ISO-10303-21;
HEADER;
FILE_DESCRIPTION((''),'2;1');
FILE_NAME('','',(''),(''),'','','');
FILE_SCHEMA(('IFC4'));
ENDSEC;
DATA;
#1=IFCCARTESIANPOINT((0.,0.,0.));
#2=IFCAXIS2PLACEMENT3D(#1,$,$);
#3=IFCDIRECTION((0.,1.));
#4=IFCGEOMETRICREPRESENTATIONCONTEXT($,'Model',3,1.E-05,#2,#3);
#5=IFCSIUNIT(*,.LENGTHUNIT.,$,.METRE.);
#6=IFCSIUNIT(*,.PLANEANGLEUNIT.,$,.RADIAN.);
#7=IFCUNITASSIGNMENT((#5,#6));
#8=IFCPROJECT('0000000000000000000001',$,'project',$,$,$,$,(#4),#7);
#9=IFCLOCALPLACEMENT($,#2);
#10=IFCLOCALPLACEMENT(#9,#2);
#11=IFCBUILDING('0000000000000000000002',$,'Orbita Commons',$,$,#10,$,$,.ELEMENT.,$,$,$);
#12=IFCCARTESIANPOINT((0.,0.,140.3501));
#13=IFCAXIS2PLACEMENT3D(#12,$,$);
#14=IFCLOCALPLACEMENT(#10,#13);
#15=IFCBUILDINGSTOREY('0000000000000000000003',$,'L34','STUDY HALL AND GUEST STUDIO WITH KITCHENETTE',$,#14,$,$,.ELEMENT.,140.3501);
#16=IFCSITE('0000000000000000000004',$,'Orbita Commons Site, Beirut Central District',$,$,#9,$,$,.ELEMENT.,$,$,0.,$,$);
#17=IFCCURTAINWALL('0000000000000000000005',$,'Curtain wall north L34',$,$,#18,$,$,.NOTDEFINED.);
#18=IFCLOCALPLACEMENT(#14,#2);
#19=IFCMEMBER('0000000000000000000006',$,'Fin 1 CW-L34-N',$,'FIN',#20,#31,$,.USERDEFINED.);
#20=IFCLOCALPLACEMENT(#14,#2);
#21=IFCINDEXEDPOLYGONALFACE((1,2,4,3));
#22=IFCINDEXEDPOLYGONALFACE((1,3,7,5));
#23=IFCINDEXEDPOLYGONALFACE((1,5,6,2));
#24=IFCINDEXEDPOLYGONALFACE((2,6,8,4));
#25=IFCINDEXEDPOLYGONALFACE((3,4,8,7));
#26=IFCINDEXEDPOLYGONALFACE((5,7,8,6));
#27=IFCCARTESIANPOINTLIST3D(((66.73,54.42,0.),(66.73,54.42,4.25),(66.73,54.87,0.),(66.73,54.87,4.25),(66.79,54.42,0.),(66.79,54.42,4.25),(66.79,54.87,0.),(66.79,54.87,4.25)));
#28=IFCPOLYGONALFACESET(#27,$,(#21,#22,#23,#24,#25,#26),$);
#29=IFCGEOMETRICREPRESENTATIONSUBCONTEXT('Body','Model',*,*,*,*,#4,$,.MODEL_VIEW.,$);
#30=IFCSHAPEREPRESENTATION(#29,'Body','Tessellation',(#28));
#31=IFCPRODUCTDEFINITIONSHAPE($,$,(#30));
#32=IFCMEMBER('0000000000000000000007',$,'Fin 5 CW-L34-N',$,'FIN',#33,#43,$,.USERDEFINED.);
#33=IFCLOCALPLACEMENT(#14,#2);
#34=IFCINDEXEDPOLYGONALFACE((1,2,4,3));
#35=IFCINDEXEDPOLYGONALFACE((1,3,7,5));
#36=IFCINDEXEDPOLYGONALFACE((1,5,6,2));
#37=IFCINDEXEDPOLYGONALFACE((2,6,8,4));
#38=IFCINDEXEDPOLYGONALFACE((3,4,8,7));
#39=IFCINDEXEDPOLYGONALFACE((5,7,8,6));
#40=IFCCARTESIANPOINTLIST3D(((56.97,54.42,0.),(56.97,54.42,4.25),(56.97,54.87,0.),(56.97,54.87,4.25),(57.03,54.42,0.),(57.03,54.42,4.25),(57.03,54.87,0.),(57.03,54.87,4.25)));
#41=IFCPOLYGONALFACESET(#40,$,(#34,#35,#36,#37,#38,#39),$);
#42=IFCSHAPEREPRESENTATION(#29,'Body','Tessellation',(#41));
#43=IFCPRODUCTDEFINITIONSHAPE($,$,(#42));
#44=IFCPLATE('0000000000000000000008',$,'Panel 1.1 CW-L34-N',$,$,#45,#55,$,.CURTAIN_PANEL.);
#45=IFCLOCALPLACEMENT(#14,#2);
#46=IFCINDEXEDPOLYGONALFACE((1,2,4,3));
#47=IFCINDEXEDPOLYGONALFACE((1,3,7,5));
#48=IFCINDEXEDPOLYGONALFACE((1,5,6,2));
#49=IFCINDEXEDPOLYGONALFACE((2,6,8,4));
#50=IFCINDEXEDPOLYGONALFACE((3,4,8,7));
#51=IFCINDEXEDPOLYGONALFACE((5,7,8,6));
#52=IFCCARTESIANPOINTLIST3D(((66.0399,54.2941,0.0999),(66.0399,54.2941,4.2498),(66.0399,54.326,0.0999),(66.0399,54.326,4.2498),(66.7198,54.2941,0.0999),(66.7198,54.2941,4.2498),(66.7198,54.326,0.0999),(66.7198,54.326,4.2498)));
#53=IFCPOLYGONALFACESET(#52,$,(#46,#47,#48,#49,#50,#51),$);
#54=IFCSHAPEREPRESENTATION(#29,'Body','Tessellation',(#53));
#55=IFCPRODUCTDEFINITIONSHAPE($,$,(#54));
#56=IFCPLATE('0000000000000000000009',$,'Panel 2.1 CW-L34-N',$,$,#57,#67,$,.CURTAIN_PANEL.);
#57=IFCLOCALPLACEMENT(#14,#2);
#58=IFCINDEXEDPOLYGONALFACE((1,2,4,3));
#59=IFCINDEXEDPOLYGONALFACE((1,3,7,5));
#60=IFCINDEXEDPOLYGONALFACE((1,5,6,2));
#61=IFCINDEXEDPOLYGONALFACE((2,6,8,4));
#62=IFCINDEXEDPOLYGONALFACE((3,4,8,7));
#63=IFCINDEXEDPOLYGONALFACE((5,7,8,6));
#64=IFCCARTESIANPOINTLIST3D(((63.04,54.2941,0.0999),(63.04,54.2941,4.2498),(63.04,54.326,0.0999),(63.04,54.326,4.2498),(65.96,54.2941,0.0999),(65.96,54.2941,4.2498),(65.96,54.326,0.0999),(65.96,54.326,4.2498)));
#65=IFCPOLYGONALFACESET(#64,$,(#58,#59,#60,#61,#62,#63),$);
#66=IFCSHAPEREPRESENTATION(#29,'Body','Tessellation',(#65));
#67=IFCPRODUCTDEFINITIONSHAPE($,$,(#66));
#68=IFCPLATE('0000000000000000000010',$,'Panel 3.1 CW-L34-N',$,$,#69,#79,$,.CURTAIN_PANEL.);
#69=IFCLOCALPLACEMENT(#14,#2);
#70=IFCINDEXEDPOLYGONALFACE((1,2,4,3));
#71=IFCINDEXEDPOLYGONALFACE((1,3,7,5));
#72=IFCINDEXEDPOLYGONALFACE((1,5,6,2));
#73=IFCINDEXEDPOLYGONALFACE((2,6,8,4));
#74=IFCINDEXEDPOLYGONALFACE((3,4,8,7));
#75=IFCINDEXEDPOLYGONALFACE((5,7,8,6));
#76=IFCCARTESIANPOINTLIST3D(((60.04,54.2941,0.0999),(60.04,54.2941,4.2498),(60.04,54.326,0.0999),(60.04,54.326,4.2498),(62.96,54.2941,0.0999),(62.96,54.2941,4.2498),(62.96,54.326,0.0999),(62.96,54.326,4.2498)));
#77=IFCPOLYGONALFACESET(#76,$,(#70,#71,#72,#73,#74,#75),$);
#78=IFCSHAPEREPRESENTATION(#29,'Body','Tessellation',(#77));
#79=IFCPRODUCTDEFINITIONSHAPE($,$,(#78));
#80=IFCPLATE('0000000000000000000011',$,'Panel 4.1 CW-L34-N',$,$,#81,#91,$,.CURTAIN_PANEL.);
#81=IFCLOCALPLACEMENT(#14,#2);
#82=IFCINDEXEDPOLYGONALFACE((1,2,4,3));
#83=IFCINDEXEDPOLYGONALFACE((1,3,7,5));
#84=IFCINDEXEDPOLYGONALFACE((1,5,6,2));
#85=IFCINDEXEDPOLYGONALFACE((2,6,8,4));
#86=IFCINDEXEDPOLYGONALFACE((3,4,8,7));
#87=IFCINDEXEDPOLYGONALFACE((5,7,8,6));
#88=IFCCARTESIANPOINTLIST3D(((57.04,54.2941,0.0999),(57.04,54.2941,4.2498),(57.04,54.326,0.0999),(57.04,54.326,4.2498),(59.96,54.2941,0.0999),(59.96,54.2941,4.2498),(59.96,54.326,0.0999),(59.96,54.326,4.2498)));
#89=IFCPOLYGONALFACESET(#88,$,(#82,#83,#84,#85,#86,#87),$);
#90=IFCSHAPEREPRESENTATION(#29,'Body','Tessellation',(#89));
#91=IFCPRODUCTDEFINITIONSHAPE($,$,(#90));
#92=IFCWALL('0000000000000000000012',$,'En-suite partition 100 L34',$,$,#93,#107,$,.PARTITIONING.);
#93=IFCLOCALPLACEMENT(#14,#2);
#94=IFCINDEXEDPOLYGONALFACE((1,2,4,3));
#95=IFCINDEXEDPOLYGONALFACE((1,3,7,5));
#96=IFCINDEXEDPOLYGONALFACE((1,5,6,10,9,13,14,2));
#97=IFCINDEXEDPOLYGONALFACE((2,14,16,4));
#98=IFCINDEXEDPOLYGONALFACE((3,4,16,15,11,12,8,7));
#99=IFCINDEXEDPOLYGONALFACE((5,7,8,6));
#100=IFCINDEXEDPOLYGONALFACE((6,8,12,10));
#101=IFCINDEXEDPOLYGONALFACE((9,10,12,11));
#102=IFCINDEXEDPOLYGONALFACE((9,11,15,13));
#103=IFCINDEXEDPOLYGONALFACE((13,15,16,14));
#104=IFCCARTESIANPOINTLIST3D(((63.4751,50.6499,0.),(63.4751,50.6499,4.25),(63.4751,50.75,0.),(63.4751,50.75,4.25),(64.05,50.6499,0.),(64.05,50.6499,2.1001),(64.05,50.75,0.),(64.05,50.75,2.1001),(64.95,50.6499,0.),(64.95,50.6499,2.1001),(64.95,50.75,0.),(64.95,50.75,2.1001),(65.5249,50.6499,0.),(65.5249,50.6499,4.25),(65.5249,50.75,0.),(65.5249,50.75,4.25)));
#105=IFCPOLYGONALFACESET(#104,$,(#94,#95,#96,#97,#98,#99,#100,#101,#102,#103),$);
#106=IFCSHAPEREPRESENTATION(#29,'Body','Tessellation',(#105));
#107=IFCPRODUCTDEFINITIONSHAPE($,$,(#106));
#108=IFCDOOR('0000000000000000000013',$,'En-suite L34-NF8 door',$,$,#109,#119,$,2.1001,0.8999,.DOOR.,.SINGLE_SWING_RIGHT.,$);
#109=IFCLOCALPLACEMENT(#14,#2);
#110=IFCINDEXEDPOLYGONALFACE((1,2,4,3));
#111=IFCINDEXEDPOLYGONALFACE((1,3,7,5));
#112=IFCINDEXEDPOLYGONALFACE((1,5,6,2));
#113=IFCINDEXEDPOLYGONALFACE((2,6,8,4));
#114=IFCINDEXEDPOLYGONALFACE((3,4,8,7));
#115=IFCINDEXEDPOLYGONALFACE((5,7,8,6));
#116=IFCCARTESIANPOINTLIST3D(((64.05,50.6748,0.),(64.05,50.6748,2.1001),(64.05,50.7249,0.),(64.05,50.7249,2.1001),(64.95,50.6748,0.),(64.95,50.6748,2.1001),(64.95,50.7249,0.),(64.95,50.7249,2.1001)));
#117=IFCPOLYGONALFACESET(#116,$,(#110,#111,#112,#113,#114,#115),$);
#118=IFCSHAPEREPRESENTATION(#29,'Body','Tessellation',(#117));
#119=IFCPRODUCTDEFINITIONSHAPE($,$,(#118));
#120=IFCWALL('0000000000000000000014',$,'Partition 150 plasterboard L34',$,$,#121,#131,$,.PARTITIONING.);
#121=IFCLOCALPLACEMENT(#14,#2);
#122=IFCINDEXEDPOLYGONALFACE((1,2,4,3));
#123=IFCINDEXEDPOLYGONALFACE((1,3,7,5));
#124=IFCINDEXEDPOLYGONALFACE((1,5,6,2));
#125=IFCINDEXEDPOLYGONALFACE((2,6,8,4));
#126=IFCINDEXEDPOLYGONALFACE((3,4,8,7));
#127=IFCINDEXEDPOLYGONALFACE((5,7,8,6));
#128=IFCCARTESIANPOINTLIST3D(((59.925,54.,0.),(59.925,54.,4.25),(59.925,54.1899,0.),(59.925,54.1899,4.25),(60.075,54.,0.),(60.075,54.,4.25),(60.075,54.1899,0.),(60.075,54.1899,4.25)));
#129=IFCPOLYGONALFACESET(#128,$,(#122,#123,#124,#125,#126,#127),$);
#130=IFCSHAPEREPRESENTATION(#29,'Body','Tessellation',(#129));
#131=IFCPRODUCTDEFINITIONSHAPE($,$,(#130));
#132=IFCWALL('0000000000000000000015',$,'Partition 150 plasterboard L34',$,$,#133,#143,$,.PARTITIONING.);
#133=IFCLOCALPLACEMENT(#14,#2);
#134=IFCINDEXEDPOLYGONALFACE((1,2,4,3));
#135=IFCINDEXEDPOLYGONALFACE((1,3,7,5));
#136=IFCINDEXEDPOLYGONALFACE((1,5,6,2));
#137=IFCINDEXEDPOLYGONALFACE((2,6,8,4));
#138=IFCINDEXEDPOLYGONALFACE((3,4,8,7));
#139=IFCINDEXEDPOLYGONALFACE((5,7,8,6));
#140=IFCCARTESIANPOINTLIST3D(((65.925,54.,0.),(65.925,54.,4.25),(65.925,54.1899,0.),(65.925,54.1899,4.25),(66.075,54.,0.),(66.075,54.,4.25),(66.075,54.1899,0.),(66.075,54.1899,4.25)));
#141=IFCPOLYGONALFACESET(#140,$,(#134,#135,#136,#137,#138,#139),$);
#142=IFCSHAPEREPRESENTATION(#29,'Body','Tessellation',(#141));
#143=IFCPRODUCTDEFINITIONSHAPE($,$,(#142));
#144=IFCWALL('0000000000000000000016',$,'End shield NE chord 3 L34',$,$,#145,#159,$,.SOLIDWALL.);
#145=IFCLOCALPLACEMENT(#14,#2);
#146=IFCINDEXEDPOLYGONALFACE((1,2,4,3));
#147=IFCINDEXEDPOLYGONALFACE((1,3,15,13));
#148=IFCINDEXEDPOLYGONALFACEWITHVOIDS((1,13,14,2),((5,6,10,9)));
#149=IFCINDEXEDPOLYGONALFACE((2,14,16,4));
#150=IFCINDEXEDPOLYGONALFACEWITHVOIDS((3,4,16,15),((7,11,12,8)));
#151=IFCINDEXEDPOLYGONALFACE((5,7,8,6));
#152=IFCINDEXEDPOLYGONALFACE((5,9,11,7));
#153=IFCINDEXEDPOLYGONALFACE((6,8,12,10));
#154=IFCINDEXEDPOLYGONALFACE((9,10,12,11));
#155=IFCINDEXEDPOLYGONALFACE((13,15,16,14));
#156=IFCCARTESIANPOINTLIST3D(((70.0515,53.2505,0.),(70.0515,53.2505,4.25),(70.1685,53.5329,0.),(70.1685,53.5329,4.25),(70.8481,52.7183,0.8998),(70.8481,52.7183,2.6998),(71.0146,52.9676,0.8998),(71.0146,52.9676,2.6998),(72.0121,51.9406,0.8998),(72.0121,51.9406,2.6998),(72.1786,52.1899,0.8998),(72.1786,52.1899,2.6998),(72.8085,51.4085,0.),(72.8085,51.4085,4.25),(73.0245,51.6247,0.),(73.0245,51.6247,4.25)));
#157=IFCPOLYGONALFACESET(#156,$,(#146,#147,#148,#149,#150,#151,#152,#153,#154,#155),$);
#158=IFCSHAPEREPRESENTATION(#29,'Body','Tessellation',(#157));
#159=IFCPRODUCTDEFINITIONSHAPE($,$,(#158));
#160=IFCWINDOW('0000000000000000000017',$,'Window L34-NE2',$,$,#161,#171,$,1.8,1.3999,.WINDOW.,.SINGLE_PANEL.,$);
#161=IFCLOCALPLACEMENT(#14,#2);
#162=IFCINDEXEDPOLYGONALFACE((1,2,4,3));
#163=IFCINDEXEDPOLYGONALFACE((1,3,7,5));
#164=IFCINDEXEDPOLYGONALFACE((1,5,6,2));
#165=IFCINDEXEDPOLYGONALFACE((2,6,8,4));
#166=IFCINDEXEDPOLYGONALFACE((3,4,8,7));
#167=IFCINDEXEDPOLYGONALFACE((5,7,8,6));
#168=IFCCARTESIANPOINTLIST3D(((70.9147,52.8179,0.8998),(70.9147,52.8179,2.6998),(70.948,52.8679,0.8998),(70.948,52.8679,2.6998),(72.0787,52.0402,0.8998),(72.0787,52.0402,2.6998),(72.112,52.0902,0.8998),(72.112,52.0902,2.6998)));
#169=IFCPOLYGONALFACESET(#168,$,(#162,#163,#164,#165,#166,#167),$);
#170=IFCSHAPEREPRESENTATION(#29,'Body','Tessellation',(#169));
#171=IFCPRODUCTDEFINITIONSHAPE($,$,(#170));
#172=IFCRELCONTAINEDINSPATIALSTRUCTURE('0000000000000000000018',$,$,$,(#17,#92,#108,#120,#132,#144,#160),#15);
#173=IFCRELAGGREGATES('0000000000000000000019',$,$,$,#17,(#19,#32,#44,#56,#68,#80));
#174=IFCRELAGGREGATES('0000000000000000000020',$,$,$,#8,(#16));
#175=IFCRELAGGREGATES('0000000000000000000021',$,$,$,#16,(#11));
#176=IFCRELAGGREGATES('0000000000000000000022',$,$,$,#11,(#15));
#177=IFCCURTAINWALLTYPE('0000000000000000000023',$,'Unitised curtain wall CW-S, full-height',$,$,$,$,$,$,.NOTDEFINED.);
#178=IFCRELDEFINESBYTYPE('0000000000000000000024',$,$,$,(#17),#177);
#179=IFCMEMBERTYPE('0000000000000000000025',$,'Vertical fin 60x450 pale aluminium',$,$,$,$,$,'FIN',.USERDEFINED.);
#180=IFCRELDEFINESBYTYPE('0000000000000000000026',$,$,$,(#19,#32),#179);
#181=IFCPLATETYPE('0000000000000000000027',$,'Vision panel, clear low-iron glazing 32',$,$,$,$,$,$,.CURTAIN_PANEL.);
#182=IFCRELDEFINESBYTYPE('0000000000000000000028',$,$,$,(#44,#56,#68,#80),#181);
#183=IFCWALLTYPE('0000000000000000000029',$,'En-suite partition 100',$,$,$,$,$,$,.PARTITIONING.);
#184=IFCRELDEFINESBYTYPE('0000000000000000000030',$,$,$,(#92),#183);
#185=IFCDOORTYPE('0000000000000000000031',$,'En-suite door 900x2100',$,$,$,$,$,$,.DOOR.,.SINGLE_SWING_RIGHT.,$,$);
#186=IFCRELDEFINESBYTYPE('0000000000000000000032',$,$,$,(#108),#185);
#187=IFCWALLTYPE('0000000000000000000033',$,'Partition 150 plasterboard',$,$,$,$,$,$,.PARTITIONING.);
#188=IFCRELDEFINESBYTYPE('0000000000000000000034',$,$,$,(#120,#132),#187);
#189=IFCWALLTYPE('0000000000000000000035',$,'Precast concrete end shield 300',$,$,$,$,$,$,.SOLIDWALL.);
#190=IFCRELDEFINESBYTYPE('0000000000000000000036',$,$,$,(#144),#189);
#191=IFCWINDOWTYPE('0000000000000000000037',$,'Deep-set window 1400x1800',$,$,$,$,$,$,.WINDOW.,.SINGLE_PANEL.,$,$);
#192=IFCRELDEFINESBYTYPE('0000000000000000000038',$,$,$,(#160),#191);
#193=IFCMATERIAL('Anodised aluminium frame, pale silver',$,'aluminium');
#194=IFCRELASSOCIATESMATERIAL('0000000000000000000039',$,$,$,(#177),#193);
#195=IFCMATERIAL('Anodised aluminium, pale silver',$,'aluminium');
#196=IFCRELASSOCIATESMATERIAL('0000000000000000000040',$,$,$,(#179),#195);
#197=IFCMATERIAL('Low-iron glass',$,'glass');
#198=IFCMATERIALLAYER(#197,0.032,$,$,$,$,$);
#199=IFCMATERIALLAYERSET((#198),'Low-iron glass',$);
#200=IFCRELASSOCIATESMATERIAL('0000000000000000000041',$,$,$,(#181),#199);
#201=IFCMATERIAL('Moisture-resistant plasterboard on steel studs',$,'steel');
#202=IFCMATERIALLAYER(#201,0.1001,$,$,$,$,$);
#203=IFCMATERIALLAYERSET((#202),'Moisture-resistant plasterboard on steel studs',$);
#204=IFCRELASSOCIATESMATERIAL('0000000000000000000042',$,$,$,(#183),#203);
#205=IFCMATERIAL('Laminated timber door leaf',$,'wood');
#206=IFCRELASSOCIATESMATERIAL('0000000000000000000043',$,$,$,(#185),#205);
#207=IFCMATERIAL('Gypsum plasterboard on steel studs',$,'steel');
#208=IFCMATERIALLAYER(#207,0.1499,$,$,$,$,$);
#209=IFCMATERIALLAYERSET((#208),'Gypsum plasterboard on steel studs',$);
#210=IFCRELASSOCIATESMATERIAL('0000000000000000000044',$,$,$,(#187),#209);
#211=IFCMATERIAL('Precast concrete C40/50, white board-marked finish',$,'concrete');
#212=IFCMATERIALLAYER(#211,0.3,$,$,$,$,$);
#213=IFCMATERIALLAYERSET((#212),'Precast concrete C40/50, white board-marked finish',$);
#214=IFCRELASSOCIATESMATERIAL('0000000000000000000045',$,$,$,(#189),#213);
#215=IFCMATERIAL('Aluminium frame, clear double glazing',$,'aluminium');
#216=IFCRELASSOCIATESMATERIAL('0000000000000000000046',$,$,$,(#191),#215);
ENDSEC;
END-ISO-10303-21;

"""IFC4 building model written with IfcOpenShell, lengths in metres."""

from ifc_helpers import new_model, si_unit, direction, frame, frame_2d, origin, origin_2d, place, context, subcontext, project, spatial, polyline, rectangle, outline, extrude, material, layer, layer_set, material_profile, profile_set, type_object, element, fill, aggregate, save


model = new_model("IFC4")

# Units and contexts
model_context = context("Model", 3, precision=1e-05, world=origin(), true_north=direction((0.0, 1.0)))
body_context = subcontext(model_context, "Body", "Model", "MODEL_VIEW")
ifc_project = project(units=[si_unit("LENGTHUNIT", "METRE"), si_unit("PLANEANGLEUNIT", "RADIAN")], contexts=[model_context])

# Site, building, storey
site_placement = place(None, origin())
site = spatial("IfcSite", under=ifc_project, at=site_placement, Name="Orbita Commons Site, Beirut Central District", CompositionType="ELEMENT", RefElevation=0.0)
building_placement = place(site_placement, origin())
building = spatial("IfcBuilding", under=site, at=building_placement, Name="Orbita Commons", CompositionType="ELEMENT")
storey_placement = place(building_placement, frame((0.0, 0.0, 140.3501)))
storey = spatial("IfcBuildingStorey", under=building, at=storey_placement, Name="L34", Description="STUDY HALL AND GUEST STUDIO WITH KITCHENETTE", CompositionType="ELEMENT", Elevation=140.3501)

# Curtain wall
ifc_material_1 = material(Name="Anodised aluminium frame, pale silver", Category="aluminium")
curtain_wall_type = type_object("IfcCurtainWallType", Name="Unitised curtain wall CW-S, full-height", PredefinedType="NOTDEFINED", material=ifc_material_1)
curtain_wall_placement = place(storey_placement, origin())
curtain_wall = element("IfcCurtainWall", 1, at=curtain_wall_placement, inside=storey, type_object=curtain_wall_type, Name="Curtain wall north L34", PredefinedType="NOTDEFINED")

# Members
ifc_material_2 = material(Name="Anodised aluminium, pale silver", Category="aluminium")
ifc_material_profile_1 = material_profile(ifc_material_2, rectangle(XDim=0.0601, YDim=0.45, at=origin_2d()), Name="FIN 60x450")
ifc_profile_set_1 = profile_set([ifc_material_profile_1], Name="Anodised aluminium, pale silver")
member_type_1 = type_object("IfcMemberType", Name="Vertical fin 60x450 pale aluminium", ElementType="FIN", PredefinedType="USERDEFINED", material=ifc_profile_set_1)
member_1_placement = place(storey_placement, frame((66.76, 54.645, 0.0), z_axis=(0.0, 0.0, 1.0), x_axis=(-1.0, 0.0, 0.0)))
member_1 = element("IfcMember", 2, at=member_1_placement, type_object=member_type_1, Name="Fin 1 CW-L34-N", ObjectType="FIN", PredefinedType="USERDEFINED", context=body_context, shape_type="SweptSolid", body=[
    extrude(rectangle(XDim=0.0601, YDim=0.45, at=origin_2d()), origin(), (0.0, 0.0, 1.0), 4.25),
])
member_2_placement = place(storey_placement, frame((57.0, 54.645, 0.0), z_axis=(0.0, 0.0, 1.0), x_axis=(-1.0, 0.0, 0.0)))
member_2 = element("IfcMember", 3, at=member_2_placement, type_object=member_type_1, Name="Fin 5 CW-L34-N", ObjectType="FIN", PredefinedType="USERDEFINED", context=body_context, shape_type="SweptSolid", body=[
    extrude(rectangle(XDim=0.0601, YDim=0.45, at=origin_2d()), origin(), (0.0, 0.0, 1.0), 4.25),
])

# Plates
ifc_material_3 = material(Name="Low-iron glass", Category="glass")
ifc_layer_1 = layer(ifc_material_3, 0.032)
ifc_layer_set_1 = layer_set([ifc_layer_1], Name="Low-iron glass")
plate_type = type_object("IfcPlateType", Name="Vision panel, clear low-iron glazing 32", PredefinedType="CURTAIN_PANEL", material=ifc_layer_set_1)
plate_1_placement = place(storey_placement, frame((66.3799, 54.3101, 0.0999), z_axis=(0.0, 0.0, 1.0), x_axis=(-1.0, 0.0, 0.0)))
plate_1 = element("IfcPlate", 4, at=plate_1_placement, type_object=plate_type, Name="Panel 1.1 CW-L34-N", PredefinedType="CURTAIN_PANEL", context=body_context, shape_type="SweptSolid", body=[
    extrude(rectangle(XDim=0.6799, YDim=0.032, at=origin_2d()), origin(), (0.0, 0.0, 1.0), 4.1499),
])
plate_2_placement = place(storey_placement, frame((64.5, 54.3101, 0.0999), z_axis=(0.0, 0.0, 1.0), x_axis=(-1.0, 0.0, 0.0)))
plate_2 = element("IfcPlate", 5, at=plate_2_placement, type_object=plate_type, Name="Panel 2.1 CW-L34-N", PredefinedType="CURTAIN_PANEL", context=body_context, shape_type="SweptSolid", body=[
    extrude(rectangle(XDim=2.9199, YDim=0.032, at=origin_2d()), origin(), (0.0, 0.0, 1.0), 4.1499),
])
plate_3_placement = place(storey_placement, frame((61.5, 54.3101, 0.0999), z_axis=(0.0, 0.0, 1.0), x_axis=(-1.0, 0.0, 0.0)))
plate_3 = element("IfcPlate", 6, at=plate_3_placement, type_object=plate_type, Name="Panel 3.1 CW-L34-N", PredefinedType="CURTAIN_PANEL", context=body_context, shape_type="SweptSolid", body=[
    extrude(rectangle(XDim=2.9199, YDim=0.032, at=origin_2d()), origin(), (0.0, 0.0, 1.0), 4.1499),
])
plate_4_placement = place(storey_placement, frame((58.5, 54.3101, 0.0999), z_axis=(0.0, 0.0, 1.0), x_axis=(-1.0, 0.0, 0.0)))
plate_4 = element("IfcPlate", 7, at=plate_4_placement, type_object=plate_type, Name="Panel 4.1 CW-L34-N", PredefinedType="CURTAIN_PANEL", context=body_context, shape_type="SweptSolid", body=[
    extrude(rectangle(XDim=2.9199, YDim=0.032, at=origin_2d()), origin(), (0.0, 0.0, 1.0), 4.1499),
])
aggregate(curtain_wall, [member_1, member_2, plate_1, plate_2, plate_3, plate_4])

# Wall, opening, door
ifc_material_4 = material(Name="Moisture-resistant plasterboard on steel studs", Category="steel")
ifc_layer_2 = layer(ifc_material_4, 0.1001)
ifc_layer_set_2 = layer_set([ifc_layer_2], Name="Moisture-resistant plasterboard on steel studs")
wall_type_1 = type_object("IfcWallType", Name="En-suite partition 100", PredefinedType="PARTITIONING", material=ifc_layer_set_2)
wall_1_placement = place(storey_placement, frame((63.4751, 50.7, 0.0), z_axis=(0.0, 0.0, 1.0), x_axis=(1.0, 0.0, 0.0)))
wall_1 = element("IfcWall", 8, at=wall_1_placement, inside=storey, type_object=wall_type_1, Name="En-suite partition 100 L34", PredefinedType="PARTITIONING", context=body_context, shape_type="SweptSolid", body=[
    extrude(rectangle(XDim=2.0498, YDim=0.1001, at=frame_2d((1.0249, 0.0))), origin(), (0.0, 0.0, 1.0), 4.25),
])
opening_1_placement = place(wall_1_placement, frame((0.575, 0.0, 0.0)))
opening_1 = element("IfcOpeningElement", 9, at=opening_1_placement, cuts=wall_1, PredefinedType="OPENING", context=body_context, shape_type="SweptSolid", body=[
    extrude(rectangle(XDim=0.8999, YDim=2.1001, at=frame_2d((0.45, 1.05))), frame((0.0, 0.0601, 0.0), z_axis=(0.0, -1.0, 0.0), x_axis=(1.0, 0.0, 0.0)), (0.0, 0.0, 1.0), 0.1201),
])
ifc_material_5 = material(Name="Laminated timber door leaf", Category="wood")
door_type = type_object("IfcDoorType", Name="En-suite door 900x2100", OperationType="SINGLE_SWING_RIGHT", PredefinedType="DOOR", material=ifc_material_5)
door_placement = place(opening_1_placement, origin())
door = element("IfcDoor", 10, at=door_placement, inside=storey, type_object=door_type, Name="En-suite L34-NF8 door", OperationType="SINGLE_SWING_RIGHT", OverallHeight=2.1001, OverallWidth=0.8999, PredefinedType="DOOR", context=body_context, shape_type="SweptSolid", body=[
    extrude(rectangle(XDim=0.8999, YDim=2.1001, at=frame_2d((0.45, 1.05))), frame((0.0, 0.0249, 0.0), z_axis=(0.0, -1.0, 0.0), x_axis=(1.0, 0.0, 0.0)), (0.0, 0.0, 1.0), 0.05),
])
fill(opening_1, door)

# Walls
ifc_material_6 = material(Name="Gypsum plasterboard on steel studs", Category="steel")
ifc_layer_3 = layer(ifc_material_6, 0.1499)
ifc_layer_set_3 = layer_set([ifc_layer_3], Name="Gypsum plasterboard on steel studs")
wall_type_2 = type_object("IfcWallType", Name="Partition 150 plasterboard", PredefinedType="PARTITIONING", material=ifc_layer_set_3)
for number, where, z_axis, x_axis, name in (
    (11, (60.0, 54.0, 0.0), (0.0, 0.0, 1.0), (0.0, 1.0, 0.0), "Partition 150 plasterboard L34"),
    (12, (66.0, 54.0, 0.0), (0.0, 0.0, 1.0), (0.0, 1.0, 0.0), "Partition 150 plasterboard L34"),
):
    element("IfcWall", number, at=place(storey_placement, frame(where, z_axis=z_axis, x_axis=x_axis)), inside=storey, type_object=wall_type_2, Name=name, PredefinedType="PARTITIONING", context=body_context, shape_type="SweptSolid", body=[
        extrude(rectangle(XDim=0.1899, YDim=0.1499, at=frame_2d((0.095, 0.0))), origin(), (0.0, 0.0, 1.0), 4.25),
    ])

# Wall, opening, window
ifc_material_7 = material(Name="Precast concrete C40/50, white board-marked finish", Category="concrete")
ifc_layer_4 = layer(ifc_material_7, 0.3)
ifc_layer_set_4 = layer_set([ifc_layer_4], Name="Precast concrete C40/50, white board-marked finish")
wall_type_3 = type_object("IfcWallType", Name="Precast concrete end shield 300", PredefinedType="SOLIDWALL", material=ifc_layer_set_4)
wall_2_placement = place(storey_placement, frame((72.9165, 51.5166, 0.0), z_axis=(0.0, 0.0, 1.0), x_axis=(-0.831493, 0.555535, 0.0)))
wall_2 = element("IfcWall", 13, at=wall_2_placement, inside=storey, type_object=wall_type_3, Name="End shield NE chord 3 L34", PredefinedType="SOLIDWALL", context=body_context, shape_type="SweptSolid", body=[
    extrude(outline(polyline([(-0.0298, -0.1499), (3.405, -0.1499), (3.3455, 0.1499), (0.0298, 0.1499), (-0.0298, -0.1499)])), origin(), (0.0, 0.0, 1.0), 4.25),
])
opening_2_placement = place(wall_2_placement, frame((0.9875, 0.0, 0.8999)))
opening_2 = element("IfcOpeningElement", 14, at=opening_2_placement, cuts=wall_2, PredefinedType="OPENING", context=body_context, shape_type="SweptSolid", body=[
    extrude(rectangle(XDim=1.3999, YDim=1.8, at=frame_2d((0.7, 0.8999))), frame((0.0, 0.1599, 0.0), z_axis=(0.0, -1.0, 0.0), x_axis=(1.0, 0.0, 0.0)), (0.0, 0.0, 1.0), 0.3201),
])
ifc_material_8 = material(Name="Aluminium frame, clear double glazing", Category="aluminium")
window_type = type_object("IfcWindowType", Name="Deep-set window 1400x1800", PartitioningType="SINGLE_PANEL", PredefinedType="WINDOW", material=ifc_material_8)
window_1_placement = place(opening_2_placement, origin())
window_1 = element("IfcWindow", 15, at=window_1_placement, inside=storey, type_object=window_type, Name="Window L34-NE2", OverallHeight=1.8, OverallWidth=1.3999, PartitioningType="SINGLE_PANEL", PredefinedType="WINDOW", context=body_context, shape_type="SweptSolid", body=[
    extrude(rectangle(XDim=1.3999, YDim=1.8, at=frame_2d((0.7, 0.8999))), frame((0.0, 0.03, 0.0), z_axis=(0.0, -1.0, 0.0), x_axis=(1.0, 0.0, 0.0)), (0.0, 0.0, 1.0), 0.0601),
])
fill(opening_2, window_1)

save(model, "model.ifc")
